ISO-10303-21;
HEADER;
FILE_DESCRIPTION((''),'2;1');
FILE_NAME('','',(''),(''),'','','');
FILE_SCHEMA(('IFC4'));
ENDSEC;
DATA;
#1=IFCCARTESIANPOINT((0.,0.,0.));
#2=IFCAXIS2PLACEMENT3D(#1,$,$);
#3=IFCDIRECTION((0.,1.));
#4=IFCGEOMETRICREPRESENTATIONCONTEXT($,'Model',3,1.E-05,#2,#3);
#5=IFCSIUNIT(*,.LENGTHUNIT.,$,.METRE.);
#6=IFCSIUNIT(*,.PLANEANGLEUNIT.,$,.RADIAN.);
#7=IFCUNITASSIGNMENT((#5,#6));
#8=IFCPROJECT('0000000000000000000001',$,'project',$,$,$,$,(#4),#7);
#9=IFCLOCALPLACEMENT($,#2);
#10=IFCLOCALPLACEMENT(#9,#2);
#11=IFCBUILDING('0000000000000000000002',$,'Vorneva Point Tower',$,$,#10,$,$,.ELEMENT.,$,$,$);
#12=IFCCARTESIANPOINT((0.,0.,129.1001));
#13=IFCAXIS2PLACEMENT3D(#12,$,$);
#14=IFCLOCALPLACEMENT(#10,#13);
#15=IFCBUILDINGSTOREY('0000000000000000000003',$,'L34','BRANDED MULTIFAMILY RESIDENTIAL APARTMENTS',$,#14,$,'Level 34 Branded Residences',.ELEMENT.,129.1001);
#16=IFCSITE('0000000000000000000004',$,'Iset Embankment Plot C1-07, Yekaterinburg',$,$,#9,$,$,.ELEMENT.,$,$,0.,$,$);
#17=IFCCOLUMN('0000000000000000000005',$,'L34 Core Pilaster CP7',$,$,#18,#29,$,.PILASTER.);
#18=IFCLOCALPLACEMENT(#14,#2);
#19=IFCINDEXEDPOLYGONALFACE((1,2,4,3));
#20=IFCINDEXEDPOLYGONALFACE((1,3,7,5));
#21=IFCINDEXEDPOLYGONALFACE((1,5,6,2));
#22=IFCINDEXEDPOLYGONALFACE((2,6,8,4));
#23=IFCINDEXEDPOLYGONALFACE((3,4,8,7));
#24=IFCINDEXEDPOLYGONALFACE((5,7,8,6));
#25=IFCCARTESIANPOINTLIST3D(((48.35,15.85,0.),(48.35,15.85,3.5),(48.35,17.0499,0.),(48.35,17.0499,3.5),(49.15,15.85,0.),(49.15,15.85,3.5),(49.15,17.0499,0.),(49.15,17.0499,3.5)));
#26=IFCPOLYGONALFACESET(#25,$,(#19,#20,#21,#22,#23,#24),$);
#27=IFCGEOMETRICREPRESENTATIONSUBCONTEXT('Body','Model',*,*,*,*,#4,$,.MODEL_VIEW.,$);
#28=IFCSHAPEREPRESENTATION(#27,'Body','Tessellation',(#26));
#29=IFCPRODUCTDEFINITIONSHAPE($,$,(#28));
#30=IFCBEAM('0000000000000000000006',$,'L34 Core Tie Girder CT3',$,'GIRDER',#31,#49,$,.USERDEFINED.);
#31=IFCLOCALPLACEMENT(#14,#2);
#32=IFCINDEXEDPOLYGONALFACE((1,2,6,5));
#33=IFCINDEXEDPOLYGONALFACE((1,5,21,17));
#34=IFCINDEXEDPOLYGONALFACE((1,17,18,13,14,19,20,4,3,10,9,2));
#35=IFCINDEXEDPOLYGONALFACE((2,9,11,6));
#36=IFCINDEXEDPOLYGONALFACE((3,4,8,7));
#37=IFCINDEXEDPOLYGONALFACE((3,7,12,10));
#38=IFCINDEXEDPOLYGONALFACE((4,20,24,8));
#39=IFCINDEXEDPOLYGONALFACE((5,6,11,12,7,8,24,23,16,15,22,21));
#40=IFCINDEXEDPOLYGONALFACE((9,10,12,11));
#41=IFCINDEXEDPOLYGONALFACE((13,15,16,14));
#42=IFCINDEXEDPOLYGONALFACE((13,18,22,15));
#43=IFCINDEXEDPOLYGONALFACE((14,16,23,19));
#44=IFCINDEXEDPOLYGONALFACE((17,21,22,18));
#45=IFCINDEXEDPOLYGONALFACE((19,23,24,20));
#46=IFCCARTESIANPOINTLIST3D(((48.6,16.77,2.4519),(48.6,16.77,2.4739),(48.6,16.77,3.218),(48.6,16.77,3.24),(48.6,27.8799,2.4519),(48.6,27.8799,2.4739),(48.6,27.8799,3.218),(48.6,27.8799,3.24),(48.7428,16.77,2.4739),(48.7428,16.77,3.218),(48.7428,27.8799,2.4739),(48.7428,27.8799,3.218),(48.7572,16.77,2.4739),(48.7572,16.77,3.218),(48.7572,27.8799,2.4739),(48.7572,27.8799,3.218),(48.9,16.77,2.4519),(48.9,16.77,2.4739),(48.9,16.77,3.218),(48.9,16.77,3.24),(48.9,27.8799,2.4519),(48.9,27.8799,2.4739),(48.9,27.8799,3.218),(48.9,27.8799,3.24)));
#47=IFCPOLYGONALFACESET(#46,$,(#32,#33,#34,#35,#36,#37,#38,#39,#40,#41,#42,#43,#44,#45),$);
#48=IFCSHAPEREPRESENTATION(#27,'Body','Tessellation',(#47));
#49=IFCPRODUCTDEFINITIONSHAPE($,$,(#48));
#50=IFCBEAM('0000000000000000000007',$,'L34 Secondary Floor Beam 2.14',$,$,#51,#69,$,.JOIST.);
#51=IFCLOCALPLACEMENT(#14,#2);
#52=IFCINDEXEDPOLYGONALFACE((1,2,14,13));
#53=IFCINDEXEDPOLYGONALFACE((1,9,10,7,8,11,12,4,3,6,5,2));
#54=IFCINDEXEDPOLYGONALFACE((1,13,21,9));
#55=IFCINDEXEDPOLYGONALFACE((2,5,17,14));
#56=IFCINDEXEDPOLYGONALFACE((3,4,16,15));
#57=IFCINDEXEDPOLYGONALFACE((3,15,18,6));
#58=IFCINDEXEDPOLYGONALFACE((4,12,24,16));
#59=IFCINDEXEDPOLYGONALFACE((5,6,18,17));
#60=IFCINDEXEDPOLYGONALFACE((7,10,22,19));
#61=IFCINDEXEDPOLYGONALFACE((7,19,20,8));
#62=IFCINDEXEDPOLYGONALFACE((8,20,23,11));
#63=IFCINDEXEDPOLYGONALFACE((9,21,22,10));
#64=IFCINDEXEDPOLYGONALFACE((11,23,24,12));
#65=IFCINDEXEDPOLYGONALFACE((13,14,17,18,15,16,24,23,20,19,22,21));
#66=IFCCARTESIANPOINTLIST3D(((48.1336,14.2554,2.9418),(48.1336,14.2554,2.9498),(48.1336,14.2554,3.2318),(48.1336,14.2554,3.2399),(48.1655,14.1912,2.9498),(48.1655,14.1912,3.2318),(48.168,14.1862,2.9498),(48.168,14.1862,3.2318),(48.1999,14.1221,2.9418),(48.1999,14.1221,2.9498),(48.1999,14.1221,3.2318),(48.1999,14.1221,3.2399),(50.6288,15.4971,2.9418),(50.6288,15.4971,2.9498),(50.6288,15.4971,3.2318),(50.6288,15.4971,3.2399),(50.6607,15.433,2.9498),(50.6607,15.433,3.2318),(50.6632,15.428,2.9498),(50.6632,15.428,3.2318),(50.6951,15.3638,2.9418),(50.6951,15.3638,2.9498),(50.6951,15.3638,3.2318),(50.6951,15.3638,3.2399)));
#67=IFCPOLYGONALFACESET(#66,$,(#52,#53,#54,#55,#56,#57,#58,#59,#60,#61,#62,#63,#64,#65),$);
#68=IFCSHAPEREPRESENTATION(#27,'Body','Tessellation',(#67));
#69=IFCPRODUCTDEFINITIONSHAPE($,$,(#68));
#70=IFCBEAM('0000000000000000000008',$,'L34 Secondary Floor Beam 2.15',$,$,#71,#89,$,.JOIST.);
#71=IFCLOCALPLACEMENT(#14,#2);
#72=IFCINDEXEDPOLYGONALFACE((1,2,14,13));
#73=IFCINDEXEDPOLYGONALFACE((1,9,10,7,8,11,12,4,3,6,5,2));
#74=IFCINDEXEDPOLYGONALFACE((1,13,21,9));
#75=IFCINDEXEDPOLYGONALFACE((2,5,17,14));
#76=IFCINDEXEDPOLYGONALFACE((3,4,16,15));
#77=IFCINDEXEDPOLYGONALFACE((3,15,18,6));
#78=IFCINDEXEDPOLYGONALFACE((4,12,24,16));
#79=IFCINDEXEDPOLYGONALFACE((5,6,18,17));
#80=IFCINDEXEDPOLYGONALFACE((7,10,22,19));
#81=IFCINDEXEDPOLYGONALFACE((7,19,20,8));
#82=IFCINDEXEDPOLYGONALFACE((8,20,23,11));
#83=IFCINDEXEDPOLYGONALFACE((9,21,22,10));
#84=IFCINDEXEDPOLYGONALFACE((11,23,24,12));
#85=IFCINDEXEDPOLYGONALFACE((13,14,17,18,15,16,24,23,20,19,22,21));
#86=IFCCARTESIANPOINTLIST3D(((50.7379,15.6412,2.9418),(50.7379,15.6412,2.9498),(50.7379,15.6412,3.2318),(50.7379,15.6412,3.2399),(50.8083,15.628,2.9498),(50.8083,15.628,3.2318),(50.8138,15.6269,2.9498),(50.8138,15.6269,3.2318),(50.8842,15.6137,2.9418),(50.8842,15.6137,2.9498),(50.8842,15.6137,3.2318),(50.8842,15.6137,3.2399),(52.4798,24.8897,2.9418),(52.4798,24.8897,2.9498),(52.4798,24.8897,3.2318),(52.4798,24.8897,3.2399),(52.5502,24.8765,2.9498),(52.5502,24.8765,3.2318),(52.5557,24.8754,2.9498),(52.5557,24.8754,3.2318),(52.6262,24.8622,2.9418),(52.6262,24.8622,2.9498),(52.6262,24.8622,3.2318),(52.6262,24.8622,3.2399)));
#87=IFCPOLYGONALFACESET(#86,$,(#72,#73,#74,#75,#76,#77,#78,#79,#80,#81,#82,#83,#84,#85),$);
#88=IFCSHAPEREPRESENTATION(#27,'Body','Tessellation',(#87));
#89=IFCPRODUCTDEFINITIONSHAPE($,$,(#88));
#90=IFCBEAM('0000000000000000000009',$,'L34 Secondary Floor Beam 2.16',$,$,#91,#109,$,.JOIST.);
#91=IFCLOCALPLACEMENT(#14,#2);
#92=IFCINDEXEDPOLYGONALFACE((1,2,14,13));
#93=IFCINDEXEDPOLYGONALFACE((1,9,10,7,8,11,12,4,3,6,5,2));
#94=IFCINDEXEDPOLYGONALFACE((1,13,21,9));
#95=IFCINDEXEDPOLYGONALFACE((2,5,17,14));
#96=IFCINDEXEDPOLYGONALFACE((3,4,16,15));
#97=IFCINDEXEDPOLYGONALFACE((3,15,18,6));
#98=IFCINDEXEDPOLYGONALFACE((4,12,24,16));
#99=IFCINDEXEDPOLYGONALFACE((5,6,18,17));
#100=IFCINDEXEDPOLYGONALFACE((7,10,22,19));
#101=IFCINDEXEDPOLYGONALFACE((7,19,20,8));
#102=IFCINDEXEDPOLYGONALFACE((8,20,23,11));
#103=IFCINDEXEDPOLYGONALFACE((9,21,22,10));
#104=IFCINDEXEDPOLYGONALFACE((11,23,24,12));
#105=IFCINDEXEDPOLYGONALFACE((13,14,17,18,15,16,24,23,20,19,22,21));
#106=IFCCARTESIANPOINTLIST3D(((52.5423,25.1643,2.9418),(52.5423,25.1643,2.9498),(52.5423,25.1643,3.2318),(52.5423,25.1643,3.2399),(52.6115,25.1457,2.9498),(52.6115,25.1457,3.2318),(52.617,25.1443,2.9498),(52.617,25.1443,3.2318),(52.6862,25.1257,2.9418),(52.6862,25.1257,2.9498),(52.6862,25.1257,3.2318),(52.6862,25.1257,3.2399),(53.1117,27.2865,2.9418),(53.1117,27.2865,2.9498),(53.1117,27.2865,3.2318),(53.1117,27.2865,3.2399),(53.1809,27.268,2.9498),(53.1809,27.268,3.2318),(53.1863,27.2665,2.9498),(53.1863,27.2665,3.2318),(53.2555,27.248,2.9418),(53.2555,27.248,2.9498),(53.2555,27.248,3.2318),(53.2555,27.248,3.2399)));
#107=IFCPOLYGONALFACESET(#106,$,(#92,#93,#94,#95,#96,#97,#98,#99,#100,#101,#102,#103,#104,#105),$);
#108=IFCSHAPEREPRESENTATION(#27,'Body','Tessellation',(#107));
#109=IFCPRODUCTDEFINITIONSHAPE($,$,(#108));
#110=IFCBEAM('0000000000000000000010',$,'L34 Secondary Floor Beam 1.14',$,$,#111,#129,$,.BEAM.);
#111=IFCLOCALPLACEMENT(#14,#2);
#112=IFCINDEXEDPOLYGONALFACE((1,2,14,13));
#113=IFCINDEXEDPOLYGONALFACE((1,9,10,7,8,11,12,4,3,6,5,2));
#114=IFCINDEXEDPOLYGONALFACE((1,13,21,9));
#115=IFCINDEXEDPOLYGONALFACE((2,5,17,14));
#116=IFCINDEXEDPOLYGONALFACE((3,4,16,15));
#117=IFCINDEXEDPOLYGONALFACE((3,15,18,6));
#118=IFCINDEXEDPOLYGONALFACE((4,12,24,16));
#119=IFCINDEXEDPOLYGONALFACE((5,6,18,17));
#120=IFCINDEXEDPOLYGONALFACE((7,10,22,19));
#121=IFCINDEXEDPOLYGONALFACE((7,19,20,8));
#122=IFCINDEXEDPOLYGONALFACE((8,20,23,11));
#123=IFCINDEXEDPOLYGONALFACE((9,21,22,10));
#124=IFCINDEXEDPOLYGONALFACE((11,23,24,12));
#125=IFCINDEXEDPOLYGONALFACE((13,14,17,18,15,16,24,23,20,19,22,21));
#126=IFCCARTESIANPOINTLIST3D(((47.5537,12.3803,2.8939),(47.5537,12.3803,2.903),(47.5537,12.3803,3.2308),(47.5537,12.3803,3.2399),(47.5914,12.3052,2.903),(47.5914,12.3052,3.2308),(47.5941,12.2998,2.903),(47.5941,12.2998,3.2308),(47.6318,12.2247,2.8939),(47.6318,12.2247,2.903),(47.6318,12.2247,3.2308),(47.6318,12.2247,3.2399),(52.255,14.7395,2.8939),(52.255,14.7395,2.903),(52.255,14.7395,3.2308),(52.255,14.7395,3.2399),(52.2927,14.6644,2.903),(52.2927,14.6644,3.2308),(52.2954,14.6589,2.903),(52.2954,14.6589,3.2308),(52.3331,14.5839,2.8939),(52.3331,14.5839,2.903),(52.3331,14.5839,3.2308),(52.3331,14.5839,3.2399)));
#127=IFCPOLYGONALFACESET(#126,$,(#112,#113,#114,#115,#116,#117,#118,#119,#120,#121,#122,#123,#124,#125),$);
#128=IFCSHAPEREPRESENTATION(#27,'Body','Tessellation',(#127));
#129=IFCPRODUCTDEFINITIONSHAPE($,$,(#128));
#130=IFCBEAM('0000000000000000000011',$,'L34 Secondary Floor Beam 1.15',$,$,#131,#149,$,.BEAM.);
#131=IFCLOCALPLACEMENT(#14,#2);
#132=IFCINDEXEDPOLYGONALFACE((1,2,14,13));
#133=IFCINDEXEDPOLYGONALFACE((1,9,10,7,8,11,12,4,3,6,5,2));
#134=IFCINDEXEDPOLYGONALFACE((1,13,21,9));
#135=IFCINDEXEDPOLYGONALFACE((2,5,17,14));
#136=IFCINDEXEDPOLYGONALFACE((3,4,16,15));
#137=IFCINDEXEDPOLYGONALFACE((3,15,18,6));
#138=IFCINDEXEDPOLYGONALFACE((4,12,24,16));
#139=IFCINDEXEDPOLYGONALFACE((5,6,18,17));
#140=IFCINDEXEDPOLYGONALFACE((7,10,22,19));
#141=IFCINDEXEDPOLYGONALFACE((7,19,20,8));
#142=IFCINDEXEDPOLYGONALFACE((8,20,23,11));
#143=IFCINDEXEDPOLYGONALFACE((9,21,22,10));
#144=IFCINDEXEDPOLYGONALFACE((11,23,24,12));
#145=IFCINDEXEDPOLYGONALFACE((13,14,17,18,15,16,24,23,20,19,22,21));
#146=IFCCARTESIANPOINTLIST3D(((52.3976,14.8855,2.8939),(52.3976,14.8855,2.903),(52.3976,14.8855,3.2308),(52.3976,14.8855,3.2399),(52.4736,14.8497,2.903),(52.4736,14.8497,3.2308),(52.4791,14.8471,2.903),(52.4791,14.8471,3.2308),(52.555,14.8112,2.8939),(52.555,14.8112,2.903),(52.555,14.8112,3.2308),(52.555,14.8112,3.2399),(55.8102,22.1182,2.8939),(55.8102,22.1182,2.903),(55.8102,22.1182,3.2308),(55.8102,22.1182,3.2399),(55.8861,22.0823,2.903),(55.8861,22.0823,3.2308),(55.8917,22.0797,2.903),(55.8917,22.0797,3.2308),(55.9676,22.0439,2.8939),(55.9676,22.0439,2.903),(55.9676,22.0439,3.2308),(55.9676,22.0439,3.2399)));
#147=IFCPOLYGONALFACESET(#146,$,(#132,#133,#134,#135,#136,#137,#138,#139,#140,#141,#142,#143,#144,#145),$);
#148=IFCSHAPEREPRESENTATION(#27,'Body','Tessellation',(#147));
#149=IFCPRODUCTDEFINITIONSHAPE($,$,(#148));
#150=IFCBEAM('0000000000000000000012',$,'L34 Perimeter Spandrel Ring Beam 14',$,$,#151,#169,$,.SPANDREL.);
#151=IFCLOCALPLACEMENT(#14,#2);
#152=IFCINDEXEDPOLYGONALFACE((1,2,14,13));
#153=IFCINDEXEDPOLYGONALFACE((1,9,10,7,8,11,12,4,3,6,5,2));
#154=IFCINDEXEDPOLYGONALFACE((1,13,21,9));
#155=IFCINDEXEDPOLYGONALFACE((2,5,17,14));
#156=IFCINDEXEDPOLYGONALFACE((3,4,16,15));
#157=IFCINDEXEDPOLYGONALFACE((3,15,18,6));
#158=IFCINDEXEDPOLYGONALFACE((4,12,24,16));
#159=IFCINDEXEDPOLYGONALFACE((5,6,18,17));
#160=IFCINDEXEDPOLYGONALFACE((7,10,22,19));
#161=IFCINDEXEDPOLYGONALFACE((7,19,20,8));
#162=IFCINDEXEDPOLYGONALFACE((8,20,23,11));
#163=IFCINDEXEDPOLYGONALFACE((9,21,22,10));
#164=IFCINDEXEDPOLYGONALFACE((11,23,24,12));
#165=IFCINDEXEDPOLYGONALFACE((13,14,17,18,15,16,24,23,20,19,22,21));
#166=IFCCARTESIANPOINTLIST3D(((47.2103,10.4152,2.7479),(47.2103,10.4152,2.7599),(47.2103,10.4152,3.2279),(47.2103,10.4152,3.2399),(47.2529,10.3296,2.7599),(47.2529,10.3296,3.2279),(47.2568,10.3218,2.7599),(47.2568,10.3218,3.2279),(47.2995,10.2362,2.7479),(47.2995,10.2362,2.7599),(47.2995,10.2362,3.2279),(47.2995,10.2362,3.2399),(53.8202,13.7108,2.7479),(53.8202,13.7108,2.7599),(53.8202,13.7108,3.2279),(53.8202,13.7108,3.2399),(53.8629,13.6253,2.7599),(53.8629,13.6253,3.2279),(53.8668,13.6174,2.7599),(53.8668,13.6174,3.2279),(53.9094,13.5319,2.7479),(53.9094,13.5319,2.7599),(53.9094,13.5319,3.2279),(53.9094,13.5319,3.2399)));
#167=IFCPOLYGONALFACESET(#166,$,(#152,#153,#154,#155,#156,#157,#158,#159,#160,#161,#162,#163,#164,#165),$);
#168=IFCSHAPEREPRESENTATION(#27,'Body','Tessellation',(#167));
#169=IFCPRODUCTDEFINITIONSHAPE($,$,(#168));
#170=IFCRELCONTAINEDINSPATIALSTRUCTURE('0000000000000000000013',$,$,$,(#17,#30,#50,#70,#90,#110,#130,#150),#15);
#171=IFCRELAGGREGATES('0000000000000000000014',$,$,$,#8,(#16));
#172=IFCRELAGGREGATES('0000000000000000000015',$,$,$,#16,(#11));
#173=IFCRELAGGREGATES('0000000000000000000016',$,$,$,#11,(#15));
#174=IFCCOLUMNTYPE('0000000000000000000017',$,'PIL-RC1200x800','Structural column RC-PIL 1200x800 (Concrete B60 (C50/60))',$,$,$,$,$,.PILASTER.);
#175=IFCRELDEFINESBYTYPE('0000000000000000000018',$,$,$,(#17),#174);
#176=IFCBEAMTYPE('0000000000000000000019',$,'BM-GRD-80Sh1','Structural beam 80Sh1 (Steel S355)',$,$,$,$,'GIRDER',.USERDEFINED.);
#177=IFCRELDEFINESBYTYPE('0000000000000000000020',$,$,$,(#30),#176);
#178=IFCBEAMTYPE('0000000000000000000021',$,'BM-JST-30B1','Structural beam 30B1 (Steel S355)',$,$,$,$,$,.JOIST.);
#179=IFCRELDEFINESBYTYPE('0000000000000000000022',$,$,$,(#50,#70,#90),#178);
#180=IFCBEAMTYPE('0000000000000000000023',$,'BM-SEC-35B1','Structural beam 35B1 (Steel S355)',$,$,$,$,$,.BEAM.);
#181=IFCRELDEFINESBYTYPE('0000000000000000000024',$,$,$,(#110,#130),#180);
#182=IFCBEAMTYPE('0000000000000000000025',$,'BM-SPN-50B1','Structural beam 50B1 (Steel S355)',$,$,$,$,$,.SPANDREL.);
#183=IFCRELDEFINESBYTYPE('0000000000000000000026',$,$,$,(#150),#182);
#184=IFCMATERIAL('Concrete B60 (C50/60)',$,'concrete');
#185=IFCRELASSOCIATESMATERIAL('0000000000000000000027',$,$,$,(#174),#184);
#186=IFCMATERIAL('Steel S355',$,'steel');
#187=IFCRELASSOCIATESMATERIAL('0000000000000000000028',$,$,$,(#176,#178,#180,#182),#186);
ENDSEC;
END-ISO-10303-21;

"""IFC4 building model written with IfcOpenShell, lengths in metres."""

from ifc_helpers import new_model, si_unit, direction, frame, origin, origin_2d, place, context, subcontext, project, spatial, rectangle, i_section, extrude, material, material_profile, profile_set, type_object, element, save


model = new_model("IFC4")

# Units and contexts
model_context = context("Model", 3, precision=1e-05, world=origin(), true_north=direction((0.0, 1.0)))
body_context = subcontext(model_context, "Body", "Model", "MODEL_VIEW")
ifc_project = project(units=[si_unit("LENGTHUNIT", "METRE"), si_unit("PLANEANGLEUNIT", "RADIAN")], contexts=[model_context])

# Site, building, storey
site_placement = place(None, origin())
site = spatial("IfcSite", under=ifc_project, at=site_placement, Name="Iset Embankment Plot C1-07, Yekaterinburg", CompositionType="ELEMENT", RefElevation=0.0)
building_placement = place(site_placement, origin())
building = spatial("IfcBuilding", under=site, at=building_placement, Name="Vorneva Point Tower", CompositionType="ELEMENT")
storey_placement = place(building_placement, frame((0.0, 0.0, 129.1001)))
storey = spatial("IfcBuildingStorey", under=building, at=storey_placement, Name="L34", Description="BRANDED MULTIFAMILY RESIDENTIAL APARTMENTS", LongName="Level 34 Branded Residences", CompositionType="ELEMENT", Elevation=129.1001)

# Column
ifc_material_1 = material(Name="Concrete B60 (C50/60)", Category="concrete")
ifc_material_profile_1 = material_profile(ifc_material_1, rectangle(XDim=0.8, YDim=1.2, at=origin_2d()), Name="RC-PIL 1200x800")
ifc_profile_set_1 = profile_set([ifc_material_profile_1], Name="Concrete B60 (C50/60)")
column_type = type_object("IfcColumnType", Name="PIL-RC1200x800", Description="Structural column RC-PIL 1200x800 (Concrete B60 (C50/60))", PredefinedType="PILASTER", material=ifc_profile_set_1)
column_placement = place(storey_placement, frame((48.75, 16.45, 0.0), z_axis=(0.0, 0.0, 1.0), x_axis=(1.0, 0.0, 0.0)))
element("IfcColumn", 1, at=column_placement, inside=storey, type_object=column_type, Name="L34 Core Pilaster CP7", PredefinedType="PILASTER", context=body_context, shape_type="SweptSolid", body=[
    extrude(rectangle(XDim=0.8, YDim=1.2, at=origin_2d()), origin(), (0.0, 0.0, 1.0), 3.5),
])

# Beams
ifc_material_2 = material(Name="Steel S355", Category="steel")
ifc_material_profile_2 = material_profile(ifc_material_2, i_section(OverallWidth=0.3, OverallDepth=0.7881, WebThickness=0.0144, FlangeThickness=0.022, at=origin_2d()), Name="80Sh1")
ifc_profile_set_2 = profile_set([ifc_material_profile_2], Name="Steel S355")
beam_type_1 = type_object("IfcBeamType", Name="BM-GRD-80Sh1", Description="Structural beam 80Sh1 (Steel S355)", ElementType="GIRDER", PredefinedType="USERDEFINED", material=ifc_profile_set_2)
beam_1_placement = place(storey_placement, frame((48.75, 16.77, 2.8459), z_axis=(0.0, 1.0, 0.0), x_axis=(-1.0, 0.0, 0.0)))
element("IfcBeam", 2, at=beam_1_placement, inside=storey, type_object=beam_type_1, Name="L34 Core Tie Girder CT3", ObjectType="GIRDER", PredefinedType="USERDEFINED", context=body_context, shape_type="SweptSolid", body=[
    extrude(i_section(OverallWidth=0.3, OverallDepth=0.7881, WebThickness=0.0144, FlangeThickness=0.022, at=origin_2d()), origin(), (0.0, 0.0, 1.0), 11.1099),
])
ifc_material_profile_3 = material_profile(ifc_material_2, i_section(OverallWidth=0.1489, OverallDepth=0.2981, WebThickness=0.0056, FlangeThickness=0.0081, at=origin_2d()), Name="30B1")
ifc_profile_set_3 = profile_set([ifc_material_profile_3], Name="Steel S355")
beam_type_2 = type_object("IfcBeamType", Name="BM-JST-30B1", Description="Structural beam 30B1 (Steel S355)", PredefinedType="JOIST", material=ifc_profile_set_3)
beam_2_placement = place(storey_placement, frame((48.1667, 14.1887, 3.0908), z_axis=(0.895267, 0.445531, 0.0), x_axis=(-0.445531, 0.895267, 0.0)))
element("IfcBeam", 3, at=beam_2_placement, inside=storey, type_object=beam_type_2, Name="L34 Secondary Floor Beam 2.14", PredefinedType="JOIST", context=body_context, shape_type="SweptSolid", body=[
    extrude(i_section(OverallWidth=0.1489, OverallDepth=0.2981, WebThickness=0.0056, FlangeThickness=0.0081, at=origin_2d()), origin(), (0.0, 0.0, 1.0), 2.7871),
])
beam_3_placement = place(storey_placement, frame((50.811, 15.6274, 3.0908), z_axis=(0.185094, 0.982721, 0.0), x_axis=(-0.982721, 0.185094, 0.0)))
element("IfcBeam", 4, at=beam_3_placement, inside=storey, type_object=beam_type_2, Name="L34 Secondary Floor Beam 2.15", PredefinedType="JOIST", context=body_context, shape_type="SweptSolid", body=[
    extrude(i_section(OverallWidth=0.1489, OverallDepth=0.2981, WebThickness=0.0056, FlangeThickness=0.0081, at=origin_2d()), origin(), (0.0, 0.0, 1.0), 9.4111),
])
beam_4_placement = place(storey_placement, frame((52.6143, 25.145, 3.0908), z_axis=(0.259101, 0.96585, 0.0), x_axis=(-0.96585, 0.259101, 0.0)))
element("IfcBeam", 5, at=beam_4_placement, inside=storey, type_object=beam_type_2, Name="L34 Secondary Floor Beam 2.16", PredefinedType="JOIST", context=body_context, shape_type="SweptSolid", body=[
    extrude(i_section(OverallWidth=0.1489, OverallDepth=0.2981, WebThickness=0.0056, FlangeThickness=0.0081, at=origin_2d()), origin(), (0.0, 0.0, 1.0), 2.1973),
])
ifc_material_profile_4 = material_profile(ifc_material_2, i_section(OverallWidth=0.1741, OverallDepth=0.3459, WebThickness=0.0061, FlangeThickness=0.009, at=origin_2d()), Name="35B1")
ifc_profile_set_4 = profile_set([ifc_material_profile_4], Name="Steel S355")
beam_type_3 = type_object("IfcBeamType", Name="BM-SEC-35B1", Description="Structural beam 35B1 (Steel S355)", PredefinedType="BEAM", material=ifc_profile_set_4)
beam_5_placement = place(storey_placement, frame((47.5928, 12.3025, 3.0669), z_axis=(0.893776, 0.448513, 0.0), x_axis=(-0.448513, 0.893776, 0.0)))
element("IfcBeam", 6, at=beam_5_placement, inside=storey, type_object=beam_type_3, Name="L34 Secondary Floor Beam 1.14", PredefinedType="BEAM", context=body_context, shape_type="SweptSolid", body=[
    extrude(i_section(OverallWidth=0.1741, OverallDepth=0.3459, WebThickness=0.0061, FlangeThickness=0.009, at=origin_2d()), origin(), (0.0, 0.0, 1.0), 5.26),
])
beam_6_placement = place(storey_placement, frame((52.4763, 14.8484, 3.0669), z_axis=(0.426717, 0.904385, 0.0), x_axis=(-0.904385, 0.426717, 0.0)))
element("IfcBeam", 7, at=beam_6_placement, inside=storey, type_object=beam_type_3, Name="L34 Secondary Floor Beam 1.15", PredefinedType="BEAM", context=body_context, shape_type="SweptSolid", body=[
    extrude(i_section(OverallWidth=0.1741, OverallDepth=0.3459, WebThickness=0.0061, FlangeThickness=0.009, at=origin_2d()), origin(), (0.0, 0.0, 1.0), 7.9973),
])
ifc_material_profile_5 = material_profile(ifc_material_2, i_section(OverallWidth=0.2, OverallDepth=0.4919, WebThickness=0.0088, FlangeThickness=0.012, at=origin_2d()), Name="50B1")
ifc_profile_set_5 = profile_set([ifc_material_profile_5], Name="Steel S355")
beam_type_4 = type_object("IfcBeamType", Name="BM-SPN-50B1", Description="Structural beam 50B1 (Steel S355)", PredefinedType="SPANDREL", material=ifc_profile_set_5)
beam_7_placement = place(storey_placement, frame((47.2549, 10.3257, 2.9939), z_axis=(0.894929, 0.446208, 0.0), x_axis=(-0.446208, 0.894929, 0.0)))
element("IfcBeam", 8, at=beam_7_placement, inside=storey, type_object=beam_type_4, Name="L34 Perimeter Spandrel Ring Beam 14", PredefinedType="SPANDREL", context=body_context, shape_type="SweptSolid", body=[
    extrude(i_section(OverallWidth=0.2, OverallDepth=0.4919, WebThickness=0.0088, FlangeThickness=0.012, at=origin_2d()), origin(), (0.0, 0.0, 1.0), 7.386),
])

save(model, "model.ifc")
